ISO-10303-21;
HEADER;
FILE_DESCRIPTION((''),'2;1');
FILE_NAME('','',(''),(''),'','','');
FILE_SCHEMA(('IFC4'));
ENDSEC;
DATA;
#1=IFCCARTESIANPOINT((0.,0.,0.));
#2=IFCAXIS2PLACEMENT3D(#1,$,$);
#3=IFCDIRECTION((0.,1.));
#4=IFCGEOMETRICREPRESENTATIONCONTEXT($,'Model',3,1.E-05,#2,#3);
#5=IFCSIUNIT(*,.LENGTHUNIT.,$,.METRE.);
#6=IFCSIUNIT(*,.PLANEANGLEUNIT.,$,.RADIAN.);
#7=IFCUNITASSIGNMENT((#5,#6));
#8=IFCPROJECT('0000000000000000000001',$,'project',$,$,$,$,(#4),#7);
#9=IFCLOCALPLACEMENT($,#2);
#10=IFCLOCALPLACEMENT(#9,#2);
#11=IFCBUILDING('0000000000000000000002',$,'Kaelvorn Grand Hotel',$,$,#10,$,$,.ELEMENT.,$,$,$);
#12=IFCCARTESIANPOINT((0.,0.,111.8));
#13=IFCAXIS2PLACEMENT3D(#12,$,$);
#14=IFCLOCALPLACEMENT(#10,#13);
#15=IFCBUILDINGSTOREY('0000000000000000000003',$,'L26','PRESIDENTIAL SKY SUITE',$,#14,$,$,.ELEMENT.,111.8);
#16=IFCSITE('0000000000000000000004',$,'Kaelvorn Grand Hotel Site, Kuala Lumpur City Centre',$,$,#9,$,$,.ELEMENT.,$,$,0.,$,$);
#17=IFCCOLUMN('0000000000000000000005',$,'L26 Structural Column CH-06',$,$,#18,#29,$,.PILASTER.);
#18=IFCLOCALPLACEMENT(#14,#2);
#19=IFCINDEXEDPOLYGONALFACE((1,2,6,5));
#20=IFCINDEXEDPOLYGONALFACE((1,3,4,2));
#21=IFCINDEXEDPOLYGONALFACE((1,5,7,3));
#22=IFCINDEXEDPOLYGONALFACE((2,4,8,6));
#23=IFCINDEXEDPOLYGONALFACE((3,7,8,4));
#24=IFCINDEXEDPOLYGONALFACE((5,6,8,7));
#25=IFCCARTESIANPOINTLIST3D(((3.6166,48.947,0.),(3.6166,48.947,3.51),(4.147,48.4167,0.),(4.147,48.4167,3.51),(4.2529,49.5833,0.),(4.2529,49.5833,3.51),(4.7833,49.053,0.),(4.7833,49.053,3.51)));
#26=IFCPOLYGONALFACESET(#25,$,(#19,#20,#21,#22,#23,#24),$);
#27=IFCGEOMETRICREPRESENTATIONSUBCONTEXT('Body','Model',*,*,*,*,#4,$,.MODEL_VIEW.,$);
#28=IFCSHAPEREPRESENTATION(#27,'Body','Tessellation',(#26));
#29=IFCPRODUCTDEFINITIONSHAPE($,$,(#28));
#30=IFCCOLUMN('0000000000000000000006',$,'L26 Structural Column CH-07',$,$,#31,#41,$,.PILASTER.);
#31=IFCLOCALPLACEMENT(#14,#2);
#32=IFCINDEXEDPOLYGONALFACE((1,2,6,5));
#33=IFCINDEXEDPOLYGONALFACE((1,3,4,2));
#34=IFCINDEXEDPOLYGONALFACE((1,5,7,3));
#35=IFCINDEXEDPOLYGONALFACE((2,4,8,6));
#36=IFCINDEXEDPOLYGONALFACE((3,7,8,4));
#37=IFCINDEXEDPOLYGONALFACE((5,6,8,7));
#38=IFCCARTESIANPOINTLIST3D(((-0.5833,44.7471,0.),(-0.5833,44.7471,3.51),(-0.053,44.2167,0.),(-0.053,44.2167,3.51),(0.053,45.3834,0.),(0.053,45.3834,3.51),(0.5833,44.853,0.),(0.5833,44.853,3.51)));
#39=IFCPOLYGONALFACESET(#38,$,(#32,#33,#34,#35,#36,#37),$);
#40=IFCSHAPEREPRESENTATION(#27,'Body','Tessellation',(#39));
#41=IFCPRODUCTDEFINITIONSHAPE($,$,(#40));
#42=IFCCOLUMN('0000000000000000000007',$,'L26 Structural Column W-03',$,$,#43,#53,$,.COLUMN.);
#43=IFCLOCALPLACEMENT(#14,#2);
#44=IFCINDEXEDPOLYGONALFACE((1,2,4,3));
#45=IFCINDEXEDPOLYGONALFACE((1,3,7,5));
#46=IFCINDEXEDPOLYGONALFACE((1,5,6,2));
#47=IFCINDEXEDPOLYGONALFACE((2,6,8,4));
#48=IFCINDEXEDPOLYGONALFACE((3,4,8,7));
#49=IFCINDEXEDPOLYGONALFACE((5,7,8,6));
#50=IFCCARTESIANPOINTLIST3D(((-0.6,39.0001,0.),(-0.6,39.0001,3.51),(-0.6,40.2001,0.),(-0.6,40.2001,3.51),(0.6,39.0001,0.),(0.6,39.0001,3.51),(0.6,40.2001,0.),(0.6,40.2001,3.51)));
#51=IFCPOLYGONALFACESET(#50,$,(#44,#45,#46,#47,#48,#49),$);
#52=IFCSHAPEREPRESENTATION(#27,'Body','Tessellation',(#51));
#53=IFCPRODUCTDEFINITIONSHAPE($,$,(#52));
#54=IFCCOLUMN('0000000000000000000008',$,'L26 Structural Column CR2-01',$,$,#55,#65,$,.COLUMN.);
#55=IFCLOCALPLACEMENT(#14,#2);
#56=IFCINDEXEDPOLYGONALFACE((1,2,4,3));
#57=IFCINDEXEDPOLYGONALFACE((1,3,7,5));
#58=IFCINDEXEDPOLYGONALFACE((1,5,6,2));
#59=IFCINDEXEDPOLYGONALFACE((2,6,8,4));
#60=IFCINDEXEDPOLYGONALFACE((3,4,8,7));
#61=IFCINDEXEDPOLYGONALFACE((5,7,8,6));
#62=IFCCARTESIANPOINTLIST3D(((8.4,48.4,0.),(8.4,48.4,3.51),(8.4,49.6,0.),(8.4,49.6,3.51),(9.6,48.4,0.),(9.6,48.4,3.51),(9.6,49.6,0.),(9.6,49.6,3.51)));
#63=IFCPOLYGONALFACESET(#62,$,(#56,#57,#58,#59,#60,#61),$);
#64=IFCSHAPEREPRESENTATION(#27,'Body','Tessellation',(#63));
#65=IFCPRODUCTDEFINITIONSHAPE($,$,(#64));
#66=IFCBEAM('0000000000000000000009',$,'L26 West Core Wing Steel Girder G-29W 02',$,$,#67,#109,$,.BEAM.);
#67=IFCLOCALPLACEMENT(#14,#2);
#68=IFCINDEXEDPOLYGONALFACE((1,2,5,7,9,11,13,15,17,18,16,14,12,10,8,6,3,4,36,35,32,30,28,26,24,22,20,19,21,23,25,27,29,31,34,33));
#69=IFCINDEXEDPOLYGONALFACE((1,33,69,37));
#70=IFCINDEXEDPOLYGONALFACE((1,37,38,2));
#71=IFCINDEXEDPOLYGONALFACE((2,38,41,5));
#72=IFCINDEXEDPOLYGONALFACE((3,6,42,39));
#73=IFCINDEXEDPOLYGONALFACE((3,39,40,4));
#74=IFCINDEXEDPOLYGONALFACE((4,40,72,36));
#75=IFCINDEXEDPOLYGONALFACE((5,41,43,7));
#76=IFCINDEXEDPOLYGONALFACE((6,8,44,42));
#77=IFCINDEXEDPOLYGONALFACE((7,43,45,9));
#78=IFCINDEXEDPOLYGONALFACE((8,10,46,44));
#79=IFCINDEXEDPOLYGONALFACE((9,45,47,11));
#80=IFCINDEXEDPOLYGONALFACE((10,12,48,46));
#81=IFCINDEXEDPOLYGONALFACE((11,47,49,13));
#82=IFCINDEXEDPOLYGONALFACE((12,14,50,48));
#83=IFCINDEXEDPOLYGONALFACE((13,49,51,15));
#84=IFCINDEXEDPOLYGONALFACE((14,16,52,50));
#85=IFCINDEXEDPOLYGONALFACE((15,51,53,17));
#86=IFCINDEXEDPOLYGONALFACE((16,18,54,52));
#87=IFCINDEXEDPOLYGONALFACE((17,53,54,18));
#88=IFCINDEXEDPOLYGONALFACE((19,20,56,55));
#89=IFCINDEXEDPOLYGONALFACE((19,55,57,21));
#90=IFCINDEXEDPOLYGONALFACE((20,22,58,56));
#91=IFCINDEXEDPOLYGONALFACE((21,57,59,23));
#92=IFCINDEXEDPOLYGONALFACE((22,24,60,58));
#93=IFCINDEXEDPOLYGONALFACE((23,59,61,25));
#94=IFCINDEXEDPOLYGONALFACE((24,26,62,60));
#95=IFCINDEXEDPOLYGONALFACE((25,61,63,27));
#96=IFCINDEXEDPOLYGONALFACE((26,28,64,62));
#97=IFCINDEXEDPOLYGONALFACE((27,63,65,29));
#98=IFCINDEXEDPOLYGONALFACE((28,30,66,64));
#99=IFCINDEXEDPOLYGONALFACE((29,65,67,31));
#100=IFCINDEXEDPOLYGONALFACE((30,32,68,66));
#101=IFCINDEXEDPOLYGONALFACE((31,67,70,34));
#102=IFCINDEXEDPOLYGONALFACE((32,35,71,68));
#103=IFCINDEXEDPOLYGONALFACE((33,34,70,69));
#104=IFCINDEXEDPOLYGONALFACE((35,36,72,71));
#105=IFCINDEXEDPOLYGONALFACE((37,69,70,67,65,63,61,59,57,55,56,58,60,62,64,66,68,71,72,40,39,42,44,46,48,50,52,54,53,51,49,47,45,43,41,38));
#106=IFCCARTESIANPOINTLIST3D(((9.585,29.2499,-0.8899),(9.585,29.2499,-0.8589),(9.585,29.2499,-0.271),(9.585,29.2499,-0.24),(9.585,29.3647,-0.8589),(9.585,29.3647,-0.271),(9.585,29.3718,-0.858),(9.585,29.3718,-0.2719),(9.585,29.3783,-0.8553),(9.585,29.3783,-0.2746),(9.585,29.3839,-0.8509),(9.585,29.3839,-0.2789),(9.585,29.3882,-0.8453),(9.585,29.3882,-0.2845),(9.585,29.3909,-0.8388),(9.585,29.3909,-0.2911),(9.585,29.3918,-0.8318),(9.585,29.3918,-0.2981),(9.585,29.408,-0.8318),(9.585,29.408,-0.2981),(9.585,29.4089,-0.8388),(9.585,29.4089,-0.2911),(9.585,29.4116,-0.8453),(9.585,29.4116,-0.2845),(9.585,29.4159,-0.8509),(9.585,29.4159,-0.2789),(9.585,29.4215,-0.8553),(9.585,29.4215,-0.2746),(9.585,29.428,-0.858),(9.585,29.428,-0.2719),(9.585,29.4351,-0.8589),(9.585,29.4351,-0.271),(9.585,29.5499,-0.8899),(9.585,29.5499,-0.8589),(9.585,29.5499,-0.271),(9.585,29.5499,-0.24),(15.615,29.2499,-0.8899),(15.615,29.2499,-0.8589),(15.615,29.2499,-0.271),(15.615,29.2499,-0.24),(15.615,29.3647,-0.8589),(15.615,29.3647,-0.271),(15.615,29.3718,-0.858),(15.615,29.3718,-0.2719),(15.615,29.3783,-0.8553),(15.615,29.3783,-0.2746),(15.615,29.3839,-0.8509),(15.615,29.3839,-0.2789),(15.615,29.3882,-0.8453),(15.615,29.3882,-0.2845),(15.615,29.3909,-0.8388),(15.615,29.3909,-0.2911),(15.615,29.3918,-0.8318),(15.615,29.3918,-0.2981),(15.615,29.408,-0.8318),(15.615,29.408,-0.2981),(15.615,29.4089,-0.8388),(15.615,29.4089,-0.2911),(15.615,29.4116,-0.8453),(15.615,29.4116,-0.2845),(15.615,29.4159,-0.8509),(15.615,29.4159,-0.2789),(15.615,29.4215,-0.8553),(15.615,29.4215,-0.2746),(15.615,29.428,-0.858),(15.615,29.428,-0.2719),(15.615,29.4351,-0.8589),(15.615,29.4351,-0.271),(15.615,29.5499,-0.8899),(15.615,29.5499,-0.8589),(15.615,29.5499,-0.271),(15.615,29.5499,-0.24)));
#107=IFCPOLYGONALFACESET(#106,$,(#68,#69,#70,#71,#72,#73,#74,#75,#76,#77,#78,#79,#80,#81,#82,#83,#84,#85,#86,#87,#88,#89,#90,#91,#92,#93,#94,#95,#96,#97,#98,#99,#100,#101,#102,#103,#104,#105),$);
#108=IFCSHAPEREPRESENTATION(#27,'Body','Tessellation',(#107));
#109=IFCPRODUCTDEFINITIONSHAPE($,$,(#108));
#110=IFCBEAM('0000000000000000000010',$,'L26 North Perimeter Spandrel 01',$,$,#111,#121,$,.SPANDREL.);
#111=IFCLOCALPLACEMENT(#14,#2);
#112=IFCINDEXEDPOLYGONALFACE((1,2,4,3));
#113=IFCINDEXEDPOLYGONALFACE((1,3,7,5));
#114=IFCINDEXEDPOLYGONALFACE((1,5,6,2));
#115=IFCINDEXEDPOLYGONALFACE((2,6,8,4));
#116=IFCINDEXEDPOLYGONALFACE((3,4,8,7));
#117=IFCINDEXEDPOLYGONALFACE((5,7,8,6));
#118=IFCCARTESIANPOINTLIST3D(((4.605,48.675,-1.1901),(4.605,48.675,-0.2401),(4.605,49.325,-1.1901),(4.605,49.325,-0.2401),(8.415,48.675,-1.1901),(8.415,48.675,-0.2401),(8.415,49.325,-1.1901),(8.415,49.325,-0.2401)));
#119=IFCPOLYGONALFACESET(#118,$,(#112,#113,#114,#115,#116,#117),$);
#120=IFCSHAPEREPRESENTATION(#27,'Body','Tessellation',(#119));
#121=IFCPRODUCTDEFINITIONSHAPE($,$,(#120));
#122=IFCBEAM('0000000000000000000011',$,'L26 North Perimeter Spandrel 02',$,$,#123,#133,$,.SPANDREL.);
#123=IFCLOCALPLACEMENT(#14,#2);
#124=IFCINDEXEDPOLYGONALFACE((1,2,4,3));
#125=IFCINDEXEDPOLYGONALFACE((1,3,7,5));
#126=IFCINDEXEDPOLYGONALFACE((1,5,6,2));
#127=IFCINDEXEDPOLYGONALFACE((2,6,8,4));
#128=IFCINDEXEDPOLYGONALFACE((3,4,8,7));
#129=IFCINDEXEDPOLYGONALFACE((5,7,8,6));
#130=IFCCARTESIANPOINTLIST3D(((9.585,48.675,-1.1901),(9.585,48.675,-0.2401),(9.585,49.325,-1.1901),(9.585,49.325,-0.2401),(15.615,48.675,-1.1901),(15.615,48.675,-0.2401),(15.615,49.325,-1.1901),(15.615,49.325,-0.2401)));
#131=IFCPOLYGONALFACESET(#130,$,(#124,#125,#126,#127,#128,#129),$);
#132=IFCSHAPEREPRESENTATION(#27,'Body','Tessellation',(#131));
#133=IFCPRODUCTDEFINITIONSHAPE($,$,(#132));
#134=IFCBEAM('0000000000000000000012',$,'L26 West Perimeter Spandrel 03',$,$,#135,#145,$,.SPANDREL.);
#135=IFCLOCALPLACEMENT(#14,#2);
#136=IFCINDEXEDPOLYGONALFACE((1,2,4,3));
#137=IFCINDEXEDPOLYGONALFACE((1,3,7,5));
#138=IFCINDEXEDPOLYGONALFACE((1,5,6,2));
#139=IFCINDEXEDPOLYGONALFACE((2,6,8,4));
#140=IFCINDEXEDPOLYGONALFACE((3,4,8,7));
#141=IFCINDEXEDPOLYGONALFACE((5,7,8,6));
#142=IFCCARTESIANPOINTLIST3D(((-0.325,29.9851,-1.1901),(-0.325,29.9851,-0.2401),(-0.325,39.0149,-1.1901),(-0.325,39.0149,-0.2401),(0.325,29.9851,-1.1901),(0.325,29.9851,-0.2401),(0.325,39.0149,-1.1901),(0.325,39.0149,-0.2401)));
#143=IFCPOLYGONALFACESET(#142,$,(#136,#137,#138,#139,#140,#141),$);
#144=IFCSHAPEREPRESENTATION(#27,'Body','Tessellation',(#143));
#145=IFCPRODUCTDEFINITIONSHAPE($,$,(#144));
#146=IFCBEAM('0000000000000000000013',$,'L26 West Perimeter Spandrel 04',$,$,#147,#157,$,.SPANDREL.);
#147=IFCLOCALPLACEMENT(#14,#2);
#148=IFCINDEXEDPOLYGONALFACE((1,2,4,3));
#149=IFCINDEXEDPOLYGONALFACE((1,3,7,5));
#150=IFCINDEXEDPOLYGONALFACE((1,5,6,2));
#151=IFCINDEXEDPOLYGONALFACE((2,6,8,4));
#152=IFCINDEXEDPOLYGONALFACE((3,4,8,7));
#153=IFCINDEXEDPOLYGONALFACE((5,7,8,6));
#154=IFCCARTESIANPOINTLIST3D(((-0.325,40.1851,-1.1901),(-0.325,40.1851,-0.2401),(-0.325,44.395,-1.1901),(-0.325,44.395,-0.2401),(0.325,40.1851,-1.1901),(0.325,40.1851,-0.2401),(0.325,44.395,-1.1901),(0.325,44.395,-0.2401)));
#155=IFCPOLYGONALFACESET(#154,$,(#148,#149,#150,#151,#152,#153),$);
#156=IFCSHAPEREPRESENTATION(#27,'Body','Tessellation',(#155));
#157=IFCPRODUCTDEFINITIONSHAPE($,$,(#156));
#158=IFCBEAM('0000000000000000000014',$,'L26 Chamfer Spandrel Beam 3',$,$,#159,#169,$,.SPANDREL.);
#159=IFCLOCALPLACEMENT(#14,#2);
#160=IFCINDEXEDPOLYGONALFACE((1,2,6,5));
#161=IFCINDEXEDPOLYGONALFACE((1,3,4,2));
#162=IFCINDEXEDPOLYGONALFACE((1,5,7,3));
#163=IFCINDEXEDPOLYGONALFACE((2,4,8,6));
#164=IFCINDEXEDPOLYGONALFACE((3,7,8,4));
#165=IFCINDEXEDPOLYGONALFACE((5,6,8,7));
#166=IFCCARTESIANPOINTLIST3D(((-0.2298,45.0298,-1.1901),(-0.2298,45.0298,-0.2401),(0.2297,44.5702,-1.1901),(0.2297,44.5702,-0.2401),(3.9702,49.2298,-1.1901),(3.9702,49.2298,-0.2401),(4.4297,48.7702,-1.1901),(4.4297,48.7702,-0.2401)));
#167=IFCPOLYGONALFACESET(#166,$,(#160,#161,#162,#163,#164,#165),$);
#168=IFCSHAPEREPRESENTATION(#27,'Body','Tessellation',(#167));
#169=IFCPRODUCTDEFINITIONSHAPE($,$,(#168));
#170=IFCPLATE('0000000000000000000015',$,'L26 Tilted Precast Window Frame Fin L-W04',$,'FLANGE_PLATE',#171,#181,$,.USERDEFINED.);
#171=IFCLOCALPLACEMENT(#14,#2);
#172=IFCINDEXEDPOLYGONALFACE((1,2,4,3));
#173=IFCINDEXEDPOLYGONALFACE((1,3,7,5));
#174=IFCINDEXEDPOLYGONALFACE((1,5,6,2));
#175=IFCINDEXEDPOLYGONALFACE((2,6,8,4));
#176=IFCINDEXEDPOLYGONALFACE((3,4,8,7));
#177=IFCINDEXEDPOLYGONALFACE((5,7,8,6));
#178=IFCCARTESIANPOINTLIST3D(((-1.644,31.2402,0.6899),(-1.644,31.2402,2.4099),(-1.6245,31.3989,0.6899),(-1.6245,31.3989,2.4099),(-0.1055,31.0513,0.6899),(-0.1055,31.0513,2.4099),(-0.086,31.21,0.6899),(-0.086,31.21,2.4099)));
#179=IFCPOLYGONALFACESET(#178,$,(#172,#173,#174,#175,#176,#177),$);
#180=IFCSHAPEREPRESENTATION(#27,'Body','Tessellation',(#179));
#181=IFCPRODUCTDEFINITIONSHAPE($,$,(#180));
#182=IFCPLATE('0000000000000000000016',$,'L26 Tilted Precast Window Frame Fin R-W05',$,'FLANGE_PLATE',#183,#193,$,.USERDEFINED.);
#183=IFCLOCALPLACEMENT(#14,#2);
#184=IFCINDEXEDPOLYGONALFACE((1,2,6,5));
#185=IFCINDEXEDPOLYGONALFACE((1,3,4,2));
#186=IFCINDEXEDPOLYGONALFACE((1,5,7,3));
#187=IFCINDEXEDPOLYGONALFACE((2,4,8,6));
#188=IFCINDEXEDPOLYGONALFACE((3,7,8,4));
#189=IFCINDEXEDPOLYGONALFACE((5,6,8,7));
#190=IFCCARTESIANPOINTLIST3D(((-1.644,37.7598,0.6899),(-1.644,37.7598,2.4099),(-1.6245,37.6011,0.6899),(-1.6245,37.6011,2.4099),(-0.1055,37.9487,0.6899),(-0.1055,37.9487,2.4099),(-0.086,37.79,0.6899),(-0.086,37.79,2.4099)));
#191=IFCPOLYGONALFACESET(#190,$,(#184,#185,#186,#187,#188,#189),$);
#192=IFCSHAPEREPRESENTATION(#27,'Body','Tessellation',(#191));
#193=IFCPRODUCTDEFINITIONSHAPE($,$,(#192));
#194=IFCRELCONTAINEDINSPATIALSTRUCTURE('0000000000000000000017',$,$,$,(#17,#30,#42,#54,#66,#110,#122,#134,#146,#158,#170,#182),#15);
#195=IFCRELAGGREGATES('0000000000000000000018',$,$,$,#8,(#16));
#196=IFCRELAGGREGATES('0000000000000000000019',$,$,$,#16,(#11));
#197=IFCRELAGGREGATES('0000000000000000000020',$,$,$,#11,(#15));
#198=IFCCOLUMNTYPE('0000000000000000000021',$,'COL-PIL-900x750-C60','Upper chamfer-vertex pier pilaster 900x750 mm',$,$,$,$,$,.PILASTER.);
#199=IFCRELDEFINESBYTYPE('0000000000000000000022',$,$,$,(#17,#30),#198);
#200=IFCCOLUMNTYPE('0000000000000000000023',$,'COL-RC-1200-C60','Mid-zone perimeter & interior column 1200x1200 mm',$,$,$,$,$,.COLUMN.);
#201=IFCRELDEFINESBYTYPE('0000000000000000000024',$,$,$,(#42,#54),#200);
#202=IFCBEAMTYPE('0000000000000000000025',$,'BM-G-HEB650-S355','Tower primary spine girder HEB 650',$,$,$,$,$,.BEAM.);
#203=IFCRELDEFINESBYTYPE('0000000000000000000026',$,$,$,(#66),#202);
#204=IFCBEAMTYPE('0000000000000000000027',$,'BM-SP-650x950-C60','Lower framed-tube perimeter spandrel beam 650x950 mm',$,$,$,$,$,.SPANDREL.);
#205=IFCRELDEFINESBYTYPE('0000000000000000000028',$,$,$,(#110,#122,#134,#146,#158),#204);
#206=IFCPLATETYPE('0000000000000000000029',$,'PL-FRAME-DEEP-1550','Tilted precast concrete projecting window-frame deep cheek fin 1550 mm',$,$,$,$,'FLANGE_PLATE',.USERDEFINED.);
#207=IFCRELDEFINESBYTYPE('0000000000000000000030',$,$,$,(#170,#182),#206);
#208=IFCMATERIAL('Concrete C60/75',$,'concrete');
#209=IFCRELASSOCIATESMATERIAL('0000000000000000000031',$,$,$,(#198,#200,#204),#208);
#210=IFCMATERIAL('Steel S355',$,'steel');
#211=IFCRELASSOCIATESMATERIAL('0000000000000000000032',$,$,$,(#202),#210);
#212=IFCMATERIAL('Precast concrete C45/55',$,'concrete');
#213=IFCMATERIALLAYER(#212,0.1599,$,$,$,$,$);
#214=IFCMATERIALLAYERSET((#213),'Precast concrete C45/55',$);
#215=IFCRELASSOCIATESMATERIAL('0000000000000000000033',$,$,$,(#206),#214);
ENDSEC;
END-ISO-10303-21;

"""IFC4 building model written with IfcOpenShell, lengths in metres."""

from ifc_helpers import new_model, si_unit, direction, frame, origin, origin_2d, place, context, subcontext, project, spatial, rectangle, i_section, extrude, material, layer, layer_set, material_profile, profile_set, type_object, element, save


model = new_model("IFC4")

# Units and contexts
model_context = context("Model", 3, precision=1e-05, world=origin(), true_north=direction((0.0, 1.0)))
body_context = subcontext(model_context, "Body", "Model", "MODEL_VIEW")
ifc_project = project(units=[si_unit("LENGTHUNIT", "METRE"), si_unit("PLANEANGLEUNIT", "RADIAN")], contexts=[model_context])

# Site, building, storey
site_placement = place(None, origin())
site = spatial("IfcSite", under=ifc_project, at=site_placement, Name="Kaelvorn Grand Hotel Site, Kuala Lumpur City Centre", CompositionType="ELEMENT", RefElevation=0.0)
building_placement = place(site_placement, origin())
building = spatial("IfcBuilding", under=site, at=building_placement, Name="Kaelvorn Grand Hotel", CompositionType="ELEMENT")
storey_placement = place(building_placement, frame((0.0, 0.0, 111.8)))
storey = spatial("IfcBuildingStorey", under=building, at=storey_placement, Name="L26", Description="PRESIDENTIAL SKY SUITE", CompositionType="ELEMENT", Elevation=111.8)

# Columns
ifc_material_1 = material(Name="Concrete C60/75", Category="concrete")
ifc_material_profile_1 = material_profile(ifc_material_1, rectangle(XDim=0.8999, YDim=0.75, at=origin_2d()), Name="RC PILASTER 900x750")
ifc_profile_set_1 = profile_set([ifc_material_profile_1], Name="Concrete C60/75")
column_type_1 = type_object("IfcColumnType", Name="COL-PIL-900x750-C60", Description="Upper chamfer-vertex pier pilaster 900x750 mm", PredefinedType="PILASTER", material=ifc_profile_set_1)
for number, where, z_axis, x_axis, name in (
    (1, (4.2, 49.0, 0.0), (0.0, 0.0, 1.0), (0.707107, 0.707107, 0.0), "L26 Structural Column CH-06"),
    (2, (0.0, 44.8, 0.0), (0.0, 0.0, 1.0), (0.707107, 0.707107, 0.0), "L26 Structural Column CH-07"),
):
    element("IfcColumn", number, at=place(storey_placement, frame(where, z_axis=z_axis, x_axis=x_axis)), inside=storey, type_object=column_type_1, Name=name, PredefinedType="PILASTER", context=body_context, shape_type="SweptSolid", body=[
        extrude(rectangle(XDim=0.8999, YDim=0.75, at=origin_2d()), origin(), (0.0, 0.0, 1.0), 3.51),
    ])
ifc_material_profile_2 = material_profile(ifc_material_1, rectangle(XDim=1.2, YDim=1.2, at=origin_2d()), Name="RC COL 1200x1200")
ifc_profile_set_2 = profile_set([ifc_material_profile_2], Name="Concrete C60/75")
column_type_2 = type_object("IfcColumnType", Name="COL-RC-1200-C60", Description="Mid-zone perimeter & interior column 1200x1200 mm", PredefinedType="COLUMN", material=ifc_profile_set_2)
for number, where, z_axis, x_axis, name in (
    (3, (0.0, 39.6001, 0.0), (0.0, 0.0, 1.0), (1.0, 0.0, 0.0), "L26 Structural Column W-03"),
    (4, (9.0, 49.0, 0.0), (0.0, 0.0, 1.0), (1.0, 0.0, 0.0), "L26 Structural Column CR2-01"),
):
    element("IfcColumn", number, at=place(storey_placement, frame(where, z_axis=z_axis, x_axis=x_axis)), inside=storey, type_object=column_type_2, Name=name, PredefinedType="COLUMN", context=body_context, shape_type="SweptSolid", body=[
        extrude(rectangle(XDim=1.2, YDim=1.2, at=origin_2d()), origin(), (0.0, 0.0, 1.0), 3.51),
    ])

# Beams
ifc_material_2 = material(Name="Steel S355", Category="steel")
ifc_material_profile_3 = material_profile(ifc_material_2, i_section(OverallWidth=0.3, OverallDepth=0.6499, WebThickness=0.0161, FlangeThickness=0.031, FilletRadius=0.0271, at=origin_2d()), Name="HEB 650")
ifc_profile_set_3 = profile_set([ifc_material_profile_3], Name="Steel S355")
beam_type_1 = type_object("IfcBeamType", Name="BM-G-HEB650-S355", Description="Tower primary spine girder HEB 650", PredefinedType="BEAM", material=ifc_profile_set_3)
beam_1_placement = place(storey_placement, frame((9.585, 29.3999, -0.5649), z_axis=(1.0, 0.0, 0.0), x_axis=(0.0, 1.0, 0.0)))
element("IfcBeam", 5, at=beam_1_placement, inside=storey, type_object=beam_type_1, Name="L26 West Core Wing Steel Girder G-29W 02", PredefinedType="BEAM", context=body_context, shape_type="SweptSolid", body=[
    extrude(i_section(OverallWidth=0.3, OverallDepth=0.6499, WebThickness=0.0161, FlangeThickness=0.031, FilletRadius=0.0271, at=origin_2d()), origin(), (0.0, 0.0, 1.0), 6.03),
])
ifc_material_profile_4 = material_profile(ifc_material_1, rectangle(XDim=0.6499, YDim=0.95, at=origin_2d()), Name="RC SPANDREL 650x950")
ifc_profile_set_4 = profile_set([ifc_material_profile_4], Name="Concrete C60/75")
beam_type_2 = type_object("IfcBeamType", Name="BM-SP-650x950-C60", Description="Lower framed-tube perimeter spandrel beam 650x950 mm", PredefinedType="SPANDREL", material=ifc_profile_set_4)
beam_2_placement = place(storey_placement, frame((4.605, 49.0, -0.7151), z_axis=(1.0, 0.0, 0.0), x_axis=(0.0, 1.0, 0.0)))
element("IfcBeam", 6, at=beam_2_placement, inside=storey, type_object=beam_type_2, Name="L26 North Perimeter Spandrel 01", PredefinedType="SPANDREL", context=body_context, shape_type="SweptSolid", body=[
    extrude(rectangle(XDim=0.6499, YDim=0.95, at=origin_2d()), origin(), (0.0, 0.0, 1.0), 3.8101),
])
beam_3_placement = place(storey_placement, frame((9.585, 49.0, -0.7151), z_axis=(1.0, 0.0, 0.0), x_axis=(0.0, 1.0, 0.0)))
element("IfcBeam", 7, at=beam_3_placement, inside=storey, type_object=beam_type_2, Name="L26 North Perimeter Spandrel 02", PredefinedType="SPANDREL", context=body_context, shape_type="SweptSolid", body=[
    extrude(rectangle(XDim=0.6499, YDim=0.95, at=origin_2d()), origin(), (0.0, 0.0, 1.0), 6.03),
])
beam_4_placement = place(storey_placement, frame((0.0, 29.9851, -0.7151), z_axis=(0.0, 1.0, 0.0), x_axis=(-1.0, 0.0, 0.0)))
element("IfcBeam", 8, at=beam_4_placement, inside=storey, type_object=beam_type_2, Name="L26 West Perimeter Spandrel 03", PredefinedType="SPANDREL", context=body_context, shape_type="SweptSolid", body=[
    extrude(rectangle(XDim=0.6499, YDim=0.95, at=origin_2d()), origin(), (0.0, 0.0, 1.0), 9.0298),
])
beam_5_placement = place(storey_placement, frame((0.0, 40.1851, -0.7151), z_axis=(0.0, 1.0, 0.0), x_axis=(-1.0, 0.0, 0.0)))
element("IfcBeam", 9, at=beam_5_placement, inside=storey, type_object=beam_type_2, Name="L26 West Perimeter Spandrel 04", PredefinedType="SPANDREL", context=body_context, shape_type="SweptSolid", body=[
    extrude(rectangle(XDim=0.6499, YDim=0.95, at=origin_2d()), origin(), (0.0, 0.0, 1.0), 4.21),
])
beam_6_placement = place(storey_placement, frame((4.2, 49.0, -0.7151), z_axis=(-0.707107, -0.707107, 0.0), x_axis=(0.707107, -0.707107, 0.0)))
element("IfcBeam", 10, at=beam_6_placement, inside=storey, type_object=beam_type_2, Name="L26 Chamfer Spandrel Beam 3", PredefinedType="SPANDREL", context=body_context, shape_type="SweptSolid", body=[
    extrude(rectangle(XDim=0.6499, YDim=0.95, at=origin_2d()), origin(), (0.0, 0.0, 1.0), 5.9397),
])

# Plates
ifc_material_3 = material(Name="Precast concrete C45/55", Category="concrete")
ifc_layer_1 = layer(ifc_material_3, 0.1599)
ifc_layer_set_1 = layer_set([ifc_layer_1], Name="Precast concrete C45/55")
plate_type_1 = type_object("IfcPlateType", Name="PL-FRAME-DEEP-1550", Description="Tilted precast concrete projecting window-frame deep cheek fin 1550 mm", ElementType="FLANGE_PLATE", PredefinedType="USERDEFINED", material=ifc_layer_set_1)
for number, where, z_axis, x_axis, name in (
    (11, (-0.865, 31.2251, 0.6899), (0.0, 0.0, 1.0), (0.121869, 0.992546, 0.0), "L26 Tilted Precast Window Frame Fin L-W04"),
    (12, (-0.865, 37.7749, 0.6899), (0.0, 0.0, 1.0), (-0.121869, 0.992546, 0.0), "L26 Tilted Precast Window Frame Fin R-W05"),
):
    element("IfcPlate", number, at=place(storey_placement, frame(where, z_axis=z_axis, x_axis=x_axis)), inside=storey, type_object=plate_type_1, Name=name, ObjectType="FLANGE_PLATE", PredefinedType="USERDEFINED", context=body_context, shape_type="SweptSolid", body=[
        extrude(rectangle(XDim=0.1599, YDim=1.55, at=origin_2d()), origin(), (0.0, 0.0, 1.0), 1.72),
    ])

save(model, "model.ifc")
